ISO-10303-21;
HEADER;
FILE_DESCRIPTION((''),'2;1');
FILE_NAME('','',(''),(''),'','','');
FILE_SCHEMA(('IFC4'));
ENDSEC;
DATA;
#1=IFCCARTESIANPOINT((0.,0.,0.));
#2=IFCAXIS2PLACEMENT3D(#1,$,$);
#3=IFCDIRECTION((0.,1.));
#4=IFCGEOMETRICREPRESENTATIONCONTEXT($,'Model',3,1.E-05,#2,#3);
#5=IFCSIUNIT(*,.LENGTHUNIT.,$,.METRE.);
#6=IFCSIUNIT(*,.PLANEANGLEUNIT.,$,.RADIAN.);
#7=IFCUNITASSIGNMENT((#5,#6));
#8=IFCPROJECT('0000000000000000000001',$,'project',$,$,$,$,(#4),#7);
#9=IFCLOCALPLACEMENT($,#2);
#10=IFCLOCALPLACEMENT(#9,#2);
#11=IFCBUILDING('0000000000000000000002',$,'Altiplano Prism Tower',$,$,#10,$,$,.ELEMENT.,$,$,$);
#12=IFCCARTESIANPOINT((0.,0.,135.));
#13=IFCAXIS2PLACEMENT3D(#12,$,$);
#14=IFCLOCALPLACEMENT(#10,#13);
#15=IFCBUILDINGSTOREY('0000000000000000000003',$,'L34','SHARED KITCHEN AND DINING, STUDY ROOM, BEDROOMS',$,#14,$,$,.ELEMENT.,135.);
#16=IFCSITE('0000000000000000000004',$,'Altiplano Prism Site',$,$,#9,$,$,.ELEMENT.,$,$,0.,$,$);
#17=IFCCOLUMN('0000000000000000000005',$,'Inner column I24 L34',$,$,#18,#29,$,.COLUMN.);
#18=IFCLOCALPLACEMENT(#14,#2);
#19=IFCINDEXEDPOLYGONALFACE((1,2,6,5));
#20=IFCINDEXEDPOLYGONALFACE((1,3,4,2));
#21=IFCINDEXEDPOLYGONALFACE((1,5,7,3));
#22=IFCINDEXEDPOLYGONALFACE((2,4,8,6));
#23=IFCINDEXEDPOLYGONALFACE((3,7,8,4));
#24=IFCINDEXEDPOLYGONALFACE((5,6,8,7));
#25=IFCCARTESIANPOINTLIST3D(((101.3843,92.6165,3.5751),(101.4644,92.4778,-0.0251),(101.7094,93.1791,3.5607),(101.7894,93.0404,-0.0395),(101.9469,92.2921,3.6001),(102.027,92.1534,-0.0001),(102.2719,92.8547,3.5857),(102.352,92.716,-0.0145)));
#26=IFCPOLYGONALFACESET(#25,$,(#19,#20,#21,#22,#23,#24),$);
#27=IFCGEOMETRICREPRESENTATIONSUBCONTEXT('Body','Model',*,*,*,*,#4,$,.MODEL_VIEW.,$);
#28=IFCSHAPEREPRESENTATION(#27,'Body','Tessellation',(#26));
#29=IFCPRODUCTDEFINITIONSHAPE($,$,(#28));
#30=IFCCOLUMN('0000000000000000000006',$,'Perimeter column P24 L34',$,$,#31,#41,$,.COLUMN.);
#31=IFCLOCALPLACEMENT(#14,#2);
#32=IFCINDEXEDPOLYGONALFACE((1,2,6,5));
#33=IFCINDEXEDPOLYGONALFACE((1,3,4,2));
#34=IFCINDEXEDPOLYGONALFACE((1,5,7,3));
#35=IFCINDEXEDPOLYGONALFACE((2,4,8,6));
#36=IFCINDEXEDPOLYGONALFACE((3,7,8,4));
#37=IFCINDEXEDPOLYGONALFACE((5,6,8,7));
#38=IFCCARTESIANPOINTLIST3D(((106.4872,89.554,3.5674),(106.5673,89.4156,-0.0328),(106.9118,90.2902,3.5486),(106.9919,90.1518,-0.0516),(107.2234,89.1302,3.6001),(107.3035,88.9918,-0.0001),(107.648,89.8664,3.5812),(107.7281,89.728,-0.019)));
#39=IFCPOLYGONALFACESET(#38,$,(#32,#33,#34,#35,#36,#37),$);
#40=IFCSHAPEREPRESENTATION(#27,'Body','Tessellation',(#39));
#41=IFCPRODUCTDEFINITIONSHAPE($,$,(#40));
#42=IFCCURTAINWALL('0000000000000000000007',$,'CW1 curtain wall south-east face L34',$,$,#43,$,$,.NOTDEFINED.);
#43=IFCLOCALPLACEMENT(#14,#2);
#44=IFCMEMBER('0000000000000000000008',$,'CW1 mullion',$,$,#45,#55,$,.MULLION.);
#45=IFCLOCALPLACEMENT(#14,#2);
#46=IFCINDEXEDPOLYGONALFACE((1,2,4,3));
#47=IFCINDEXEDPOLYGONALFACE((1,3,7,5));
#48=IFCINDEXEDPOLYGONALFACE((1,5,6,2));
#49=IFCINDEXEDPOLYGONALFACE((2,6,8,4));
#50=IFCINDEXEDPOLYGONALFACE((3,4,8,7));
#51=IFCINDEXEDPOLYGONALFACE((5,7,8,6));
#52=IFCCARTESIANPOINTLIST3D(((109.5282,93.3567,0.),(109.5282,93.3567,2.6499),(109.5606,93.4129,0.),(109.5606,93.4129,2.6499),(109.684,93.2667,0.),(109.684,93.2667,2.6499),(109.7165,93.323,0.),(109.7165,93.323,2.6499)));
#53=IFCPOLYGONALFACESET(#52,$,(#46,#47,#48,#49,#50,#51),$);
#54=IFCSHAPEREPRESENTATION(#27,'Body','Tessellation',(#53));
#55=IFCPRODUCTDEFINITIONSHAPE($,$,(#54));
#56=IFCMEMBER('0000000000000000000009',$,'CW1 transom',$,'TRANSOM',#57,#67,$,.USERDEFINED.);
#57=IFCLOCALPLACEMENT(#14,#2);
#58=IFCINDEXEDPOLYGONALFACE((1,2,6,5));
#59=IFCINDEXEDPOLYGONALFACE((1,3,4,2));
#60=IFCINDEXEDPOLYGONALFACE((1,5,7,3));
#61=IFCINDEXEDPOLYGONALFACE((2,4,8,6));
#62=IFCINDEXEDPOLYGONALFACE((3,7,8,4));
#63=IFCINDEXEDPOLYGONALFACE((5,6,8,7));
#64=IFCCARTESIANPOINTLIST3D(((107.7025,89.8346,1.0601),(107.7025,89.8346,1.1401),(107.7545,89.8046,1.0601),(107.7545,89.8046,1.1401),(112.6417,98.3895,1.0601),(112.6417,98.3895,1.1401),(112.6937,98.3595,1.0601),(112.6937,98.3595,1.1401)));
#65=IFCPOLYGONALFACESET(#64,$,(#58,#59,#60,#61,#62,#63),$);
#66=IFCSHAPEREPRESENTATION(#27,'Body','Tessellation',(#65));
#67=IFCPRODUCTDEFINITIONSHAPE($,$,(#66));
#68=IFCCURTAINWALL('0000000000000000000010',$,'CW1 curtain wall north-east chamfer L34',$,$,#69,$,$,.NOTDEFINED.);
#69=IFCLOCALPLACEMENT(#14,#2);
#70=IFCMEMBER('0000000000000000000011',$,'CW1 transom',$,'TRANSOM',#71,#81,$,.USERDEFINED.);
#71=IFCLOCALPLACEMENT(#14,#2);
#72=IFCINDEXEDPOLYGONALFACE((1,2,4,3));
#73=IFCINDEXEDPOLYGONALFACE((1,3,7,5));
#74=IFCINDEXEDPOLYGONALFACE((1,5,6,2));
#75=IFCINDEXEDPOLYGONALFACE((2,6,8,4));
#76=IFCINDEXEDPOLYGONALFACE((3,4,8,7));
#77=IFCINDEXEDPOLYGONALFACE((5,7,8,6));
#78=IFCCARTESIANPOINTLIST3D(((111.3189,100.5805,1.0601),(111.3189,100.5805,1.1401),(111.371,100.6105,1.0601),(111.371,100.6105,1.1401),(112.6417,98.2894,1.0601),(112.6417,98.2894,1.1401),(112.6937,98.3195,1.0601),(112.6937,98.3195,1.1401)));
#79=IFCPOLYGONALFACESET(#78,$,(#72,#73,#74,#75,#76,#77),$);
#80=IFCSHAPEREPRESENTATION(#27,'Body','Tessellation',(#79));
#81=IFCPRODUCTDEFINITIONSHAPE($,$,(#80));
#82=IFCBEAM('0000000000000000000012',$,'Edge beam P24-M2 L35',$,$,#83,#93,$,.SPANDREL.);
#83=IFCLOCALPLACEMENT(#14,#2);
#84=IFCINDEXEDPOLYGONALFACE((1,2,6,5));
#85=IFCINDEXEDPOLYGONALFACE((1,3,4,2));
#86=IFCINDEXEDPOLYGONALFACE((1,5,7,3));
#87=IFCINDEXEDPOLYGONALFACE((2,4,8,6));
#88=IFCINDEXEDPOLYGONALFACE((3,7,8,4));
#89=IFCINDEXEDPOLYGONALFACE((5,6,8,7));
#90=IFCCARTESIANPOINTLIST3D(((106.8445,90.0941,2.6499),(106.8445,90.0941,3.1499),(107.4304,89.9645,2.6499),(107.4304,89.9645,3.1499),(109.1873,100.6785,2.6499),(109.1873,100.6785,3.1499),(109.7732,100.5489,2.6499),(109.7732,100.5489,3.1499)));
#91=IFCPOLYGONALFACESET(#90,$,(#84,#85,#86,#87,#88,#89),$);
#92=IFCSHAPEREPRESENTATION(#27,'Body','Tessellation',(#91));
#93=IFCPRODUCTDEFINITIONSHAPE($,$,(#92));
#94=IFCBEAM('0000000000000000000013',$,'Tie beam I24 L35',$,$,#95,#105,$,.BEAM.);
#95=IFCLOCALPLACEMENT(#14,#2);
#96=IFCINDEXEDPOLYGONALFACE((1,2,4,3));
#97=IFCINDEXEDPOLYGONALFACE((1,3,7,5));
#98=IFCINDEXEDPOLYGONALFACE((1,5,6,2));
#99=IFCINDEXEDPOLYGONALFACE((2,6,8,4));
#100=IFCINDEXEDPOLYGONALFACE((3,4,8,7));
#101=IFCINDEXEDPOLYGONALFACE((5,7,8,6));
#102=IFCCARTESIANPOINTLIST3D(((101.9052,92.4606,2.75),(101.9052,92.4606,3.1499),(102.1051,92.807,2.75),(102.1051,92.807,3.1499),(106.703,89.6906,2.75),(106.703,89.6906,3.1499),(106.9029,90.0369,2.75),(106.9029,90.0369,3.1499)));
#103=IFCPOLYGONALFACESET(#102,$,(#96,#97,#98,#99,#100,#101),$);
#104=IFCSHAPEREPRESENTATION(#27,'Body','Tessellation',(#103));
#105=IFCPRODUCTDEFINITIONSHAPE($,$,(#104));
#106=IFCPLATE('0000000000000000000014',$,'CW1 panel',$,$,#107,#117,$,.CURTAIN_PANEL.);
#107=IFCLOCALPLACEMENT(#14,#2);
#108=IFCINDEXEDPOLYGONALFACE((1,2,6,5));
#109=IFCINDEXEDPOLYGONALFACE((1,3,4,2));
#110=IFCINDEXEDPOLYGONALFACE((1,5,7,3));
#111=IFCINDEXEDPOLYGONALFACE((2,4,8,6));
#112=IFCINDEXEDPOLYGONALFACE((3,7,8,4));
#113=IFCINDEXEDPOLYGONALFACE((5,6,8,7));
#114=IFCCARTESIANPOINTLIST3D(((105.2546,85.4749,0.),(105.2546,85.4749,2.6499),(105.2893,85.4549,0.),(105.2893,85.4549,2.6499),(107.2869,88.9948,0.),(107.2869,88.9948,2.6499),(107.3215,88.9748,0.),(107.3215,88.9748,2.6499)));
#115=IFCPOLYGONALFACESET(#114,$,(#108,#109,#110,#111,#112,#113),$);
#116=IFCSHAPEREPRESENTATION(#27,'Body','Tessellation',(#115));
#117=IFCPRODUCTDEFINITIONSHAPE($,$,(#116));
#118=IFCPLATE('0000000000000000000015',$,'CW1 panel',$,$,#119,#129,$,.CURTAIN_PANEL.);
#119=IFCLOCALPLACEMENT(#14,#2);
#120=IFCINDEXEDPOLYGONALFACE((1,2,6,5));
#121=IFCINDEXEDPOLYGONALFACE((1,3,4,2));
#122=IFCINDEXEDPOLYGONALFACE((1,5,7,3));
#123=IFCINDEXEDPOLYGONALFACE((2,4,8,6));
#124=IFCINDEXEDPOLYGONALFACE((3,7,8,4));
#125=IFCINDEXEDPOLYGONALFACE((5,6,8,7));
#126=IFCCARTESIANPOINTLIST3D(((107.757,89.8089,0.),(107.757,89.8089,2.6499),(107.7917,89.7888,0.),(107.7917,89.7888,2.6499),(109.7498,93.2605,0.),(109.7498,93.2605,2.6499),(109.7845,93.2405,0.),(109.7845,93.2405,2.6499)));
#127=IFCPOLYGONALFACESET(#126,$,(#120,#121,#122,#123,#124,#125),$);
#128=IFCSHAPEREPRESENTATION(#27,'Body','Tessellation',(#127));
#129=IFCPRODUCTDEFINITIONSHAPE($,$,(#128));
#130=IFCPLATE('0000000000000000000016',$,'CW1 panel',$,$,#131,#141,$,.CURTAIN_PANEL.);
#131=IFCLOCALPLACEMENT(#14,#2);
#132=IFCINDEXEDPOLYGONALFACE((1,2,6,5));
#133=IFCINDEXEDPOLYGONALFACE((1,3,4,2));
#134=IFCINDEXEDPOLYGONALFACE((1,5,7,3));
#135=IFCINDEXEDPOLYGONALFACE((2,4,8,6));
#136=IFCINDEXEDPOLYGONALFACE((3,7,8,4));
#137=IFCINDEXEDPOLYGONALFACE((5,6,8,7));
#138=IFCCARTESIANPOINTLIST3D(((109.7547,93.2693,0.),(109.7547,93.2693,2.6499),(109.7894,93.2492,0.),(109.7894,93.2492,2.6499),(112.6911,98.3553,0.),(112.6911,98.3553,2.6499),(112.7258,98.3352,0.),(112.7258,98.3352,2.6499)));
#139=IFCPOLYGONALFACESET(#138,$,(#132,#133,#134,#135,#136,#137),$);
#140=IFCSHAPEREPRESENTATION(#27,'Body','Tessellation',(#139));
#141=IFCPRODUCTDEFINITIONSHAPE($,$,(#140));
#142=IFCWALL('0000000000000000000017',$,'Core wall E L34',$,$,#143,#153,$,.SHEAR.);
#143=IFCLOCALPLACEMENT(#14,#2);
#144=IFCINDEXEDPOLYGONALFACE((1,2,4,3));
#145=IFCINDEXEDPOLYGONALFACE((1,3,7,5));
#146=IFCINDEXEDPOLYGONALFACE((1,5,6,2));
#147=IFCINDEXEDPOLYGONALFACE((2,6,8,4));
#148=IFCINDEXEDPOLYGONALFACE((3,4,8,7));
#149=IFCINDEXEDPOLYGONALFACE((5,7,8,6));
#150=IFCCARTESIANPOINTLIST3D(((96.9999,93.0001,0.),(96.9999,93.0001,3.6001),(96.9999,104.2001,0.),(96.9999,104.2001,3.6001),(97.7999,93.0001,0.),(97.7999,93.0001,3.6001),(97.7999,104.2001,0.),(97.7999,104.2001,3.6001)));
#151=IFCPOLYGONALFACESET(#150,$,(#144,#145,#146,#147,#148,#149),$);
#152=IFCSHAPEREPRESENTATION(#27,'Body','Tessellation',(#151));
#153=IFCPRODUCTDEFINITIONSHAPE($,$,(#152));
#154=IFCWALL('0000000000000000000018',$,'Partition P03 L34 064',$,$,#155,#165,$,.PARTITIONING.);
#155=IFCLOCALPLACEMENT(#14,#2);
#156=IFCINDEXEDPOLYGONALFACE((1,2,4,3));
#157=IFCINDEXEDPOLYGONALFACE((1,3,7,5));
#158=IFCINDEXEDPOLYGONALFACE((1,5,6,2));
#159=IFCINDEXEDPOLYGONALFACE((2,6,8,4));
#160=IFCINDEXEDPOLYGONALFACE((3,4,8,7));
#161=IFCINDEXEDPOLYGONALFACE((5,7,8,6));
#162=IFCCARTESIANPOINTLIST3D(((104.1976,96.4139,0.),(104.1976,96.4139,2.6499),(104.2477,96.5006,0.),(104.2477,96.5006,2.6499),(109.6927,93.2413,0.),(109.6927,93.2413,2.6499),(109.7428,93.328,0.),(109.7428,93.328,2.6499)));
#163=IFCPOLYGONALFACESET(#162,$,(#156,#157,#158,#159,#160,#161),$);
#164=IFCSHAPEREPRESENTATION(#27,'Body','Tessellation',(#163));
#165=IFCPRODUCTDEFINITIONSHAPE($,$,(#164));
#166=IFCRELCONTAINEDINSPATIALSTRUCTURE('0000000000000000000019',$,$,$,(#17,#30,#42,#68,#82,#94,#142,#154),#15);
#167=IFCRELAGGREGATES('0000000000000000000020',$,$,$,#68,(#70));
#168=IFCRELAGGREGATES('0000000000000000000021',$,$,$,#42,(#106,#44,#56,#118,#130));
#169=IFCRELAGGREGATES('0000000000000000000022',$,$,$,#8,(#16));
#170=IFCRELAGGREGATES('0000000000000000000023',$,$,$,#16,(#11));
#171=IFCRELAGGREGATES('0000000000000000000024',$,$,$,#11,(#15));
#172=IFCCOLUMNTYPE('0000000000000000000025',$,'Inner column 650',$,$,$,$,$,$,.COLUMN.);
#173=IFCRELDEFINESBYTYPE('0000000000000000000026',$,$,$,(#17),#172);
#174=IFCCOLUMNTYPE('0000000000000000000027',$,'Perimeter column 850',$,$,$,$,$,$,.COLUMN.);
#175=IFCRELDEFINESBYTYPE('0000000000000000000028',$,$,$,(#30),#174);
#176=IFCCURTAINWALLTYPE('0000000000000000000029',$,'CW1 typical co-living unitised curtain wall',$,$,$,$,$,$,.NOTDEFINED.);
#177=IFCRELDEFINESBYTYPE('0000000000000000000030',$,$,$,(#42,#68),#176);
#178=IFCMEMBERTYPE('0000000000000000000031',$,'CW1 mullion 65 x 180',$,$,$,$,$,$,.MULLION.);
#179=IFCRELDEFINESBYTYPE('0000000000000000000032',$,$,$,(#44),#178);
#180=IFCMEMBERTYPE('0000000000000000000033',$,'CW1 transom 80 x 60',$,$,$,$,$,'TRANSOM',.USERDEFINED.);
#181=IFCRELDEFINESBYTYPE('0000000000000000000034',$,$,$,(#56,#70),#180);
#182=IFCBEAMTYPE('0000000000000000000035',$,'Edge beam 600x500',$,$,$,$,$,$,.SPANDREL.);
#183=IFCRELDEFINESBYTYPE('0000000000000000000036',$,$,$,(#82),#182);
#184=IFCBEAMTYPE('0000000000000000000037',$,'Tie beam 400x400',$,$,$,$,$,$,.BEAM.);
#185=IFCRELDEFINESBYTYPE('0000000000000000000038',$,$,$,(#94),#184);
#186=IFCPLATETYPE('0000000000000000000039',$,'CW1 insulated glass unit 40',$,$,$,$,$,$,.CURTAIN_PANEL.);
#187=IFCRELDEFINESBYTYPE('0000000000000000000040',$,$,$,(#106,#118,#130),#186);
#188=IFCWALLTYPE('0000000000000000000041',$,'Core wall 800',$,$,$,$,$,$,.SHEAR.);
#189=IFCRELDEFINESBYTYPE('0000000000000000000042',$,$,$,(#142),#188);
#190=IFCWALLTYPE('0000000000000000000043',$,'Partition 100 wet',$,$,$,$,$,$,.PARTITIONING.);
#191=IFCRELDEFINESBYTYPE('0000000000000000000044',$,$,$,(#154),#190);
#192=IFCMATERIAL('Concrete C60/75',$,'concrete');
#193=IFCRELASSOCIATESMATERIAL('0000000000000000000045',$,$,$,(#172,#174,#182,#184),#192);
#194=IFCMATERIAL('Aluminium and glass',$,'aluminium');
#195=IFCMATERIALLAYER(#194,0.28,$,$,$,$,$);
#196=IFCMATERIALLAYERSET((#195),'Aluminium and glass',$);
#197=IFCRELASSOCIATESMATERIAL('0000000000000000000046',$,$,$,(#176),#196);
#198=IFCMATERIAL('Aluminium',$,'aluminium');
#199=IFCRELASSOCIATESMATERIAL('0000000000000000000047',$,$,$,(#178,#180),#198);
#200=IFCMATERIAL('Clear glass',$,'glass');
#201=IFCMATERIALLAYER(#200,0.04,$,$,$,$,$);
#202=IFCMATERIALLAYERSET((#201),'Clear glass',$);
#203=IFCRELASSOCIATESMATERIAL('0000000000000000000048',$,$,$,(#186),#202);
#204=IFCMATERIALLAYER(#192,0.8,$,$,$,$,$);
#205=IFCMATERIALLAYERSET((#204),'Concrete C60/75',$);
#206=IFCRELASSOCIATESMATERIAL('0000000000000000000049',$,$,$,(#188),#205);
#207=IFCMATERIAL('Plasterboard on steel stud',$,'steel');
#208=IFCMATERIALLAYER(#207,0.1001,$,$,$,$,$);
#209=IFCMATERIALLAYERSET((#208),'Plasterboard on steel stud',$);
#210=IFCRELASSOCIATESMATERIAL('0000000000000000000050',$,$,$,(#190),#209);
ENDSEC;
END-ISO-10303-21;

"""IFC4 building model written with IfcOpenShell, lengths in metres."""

from ifc_helpers import new_model, si_unit, direction, frame, frame_2d, origin, origin_2d, place, context, subcontext, project, spatial, rectangle, extrude, material, layer, layer_set, material_profile, profile_set, type_object, element, aggregate, save


model = new_model("IFC4")

# Units and contexts
model_context = context("Model", 3, precision=1e-05, world=origin(), true_north=direction((0.0, 1.0)))
body_context = subcontext(model_context, "Body", "Model", "MODEL_VIEW")
ifc_project = project(units=[si_unit("LENGTHUNIT", "METRE"), si_unit("PLANEANGLEUNIT", "RADIAN")], contexts=[model_context])

# Site, building, storey
site_placement = place(None, origin())
site = spatial("IfcSite", under=ifc_project, at=site_placement, Name="Altiplano Prism Site", CompositionType="ELEMENT", RefElevation=0.0)
building_placement = place(site_placement, origin())
building = spatial("IfcBuilding", under=site, at=building_placement, Name="Altiplano Prism Tower", CompositionType="ELEMENT")
storey_placement = place(building_placement, frame((0.0, 0.0, 135.0)))
storey = spatial("IfcBuildingStorey", under=building, at=storey_placement, Name="L34", Description="SHARED KITCHEN AND DINING, STUDY ROOM, BEDROOMS", CompositionType="ELEMENT", Elevation=135.0)

# Columns
ifc_material_1 = material(Name="Concrete C60/75", Category="concrete")
ifc_material_profile_1 = material_profile(ifc_material_1, rectangle(XDim=0.6499, YDim=0.6499, at=origin_2d()), Name="Inner column 650")
ifc_profile_set_1 = profile_set([ifc_material_profile_1], Name="Concrete C60/75")
column_type_1 = type_object("IfcColumnType", Name="Inner column 650", PredefinedType="COLUMN", material=ifc_profile_set_1)
column_1_placement = place(storey_placement, frame((101.9082, 92.5969, -0.0198), z_axis=(-0.022221, 0.038481, 0.999012), x_axis=(-0.500172, -0.865641, 0.022218)))
element("IfcColumn", 1, at=column_1_placement, inside=storey, type_object=column_type_1, Name="Inner column I24 L34", PredefinedType="COLUMN", context=body_context, shape_type="SweptSolid", body=[
    extrude(rectangle(XDim=0.6499, YDim=0.6499, at=origin_2d()), origin(), (0.0, 0.0, 1.0), 3.6038),
])
ifc_material_profile_2 = material_profile(ifc_material_1, rectangle(XDim=0.8501, YDim=0.8501, at=origin_2d()), Name="Perimeter column 850")
ifc_profile_set_2 = profile_set([ifc_material_profile_2], Name="Concrete C60/75")
column_type_2 = type_object("IfcColumnType", Name="Perimeter column 850", PredefinedType="COLUMN", material=ifc_profile_set_2)
column_2_placement = place(storey_placement, frame((107.1477, 89.5718, -0.0259), z_axis=(-0.022221, 0.038413, 0.999015), x_axis=(-0.499515, -0.866021, 0.022189)))
element("IfcColumn", 2, at=column_2_placement, inside=storey, type_object=column_type_2, Name="Perimeter column P24 L34", PredefinedType="COLUMN", context=body_context, shape_type="SweptSolid", body=[
    extrude(rectangle(XDim=0.8501, YDim=0.8501, at=origin_2d()), origin(), (0.0, 0.0, 1.0), 3.6038),
])

# Curtain wall, members
ifc_material_2 = material(Name="Aluminium and glass", Category="aluminium")
ifc_layer_1 = layer(ifc_material_2, 0.28)
ifc_layer_set_1 = layer_set([ifc_layer_1], Name="Aluminium and glass")
curtain_wall_type = type_object("IfcCurtainWallType", Name="CW1 typical co-living unitised curtain wall", PredefinedType="NOTDEFINED", material=ifc_layer_set_1)
curtain_wall_1_placement = place(storey_placement, origin())
curtain_wall_1 = element("IfcCurtainWall", 3, at=curtain_wall_1_placement, inside=storey, type_object=curtain_wall_type, Name="CW1 curtain wall south-east face L34", PredefinedType="NOTDEFINED")
ifc_material_3 = material(Name="Aluminium", Category="aluminium")
ifc_material_profile_3 = material_profile(ifc_material_3, rectangle(XDim=0.1799, YDim=0.0649, at=origin_2d()), Name="CW1 mullion 65 x 180")
ifc_profile_set_3 = profile_set([ifc_material_profile_3], Name="Aluminium")
member_type_1 = type_object("IfcMemberType", Name="CW1 mullion 65 x 180", PredefinedType="MULLION", material=ifc_profile_set_3)
member_1_placement = place(storey_placement, frame((109.6223, 93.3398, 0.0), z_axis=(0.0, 0.0, 1.0), x_axis=(-0.866025, 0.5, 0.0)))
member_1 = element("IfcMember", 4, at=member_1_placement, type_object=member_type_1, Name="CW1 mullion", PredefinedType="MULLION", context=body_context, shape_type="SweptSolid", body=[
    extrude(rectangle(XDim=0.1799, YDim=0.0649, at=origin_2d()), origin(), (0.0, 0.0, 1.0), 2.6499),
])
ifc_material_profile_4 = material_profile(ifc_material_3, rectangle(XDim=0.0601, YDim=0.0801, at=origin_2d()), Name="CW1 transom 80 x 60")
ifc_profile_set_4 = profile_set([ifc_material_profile_4], Name="Aluminium")
member_type_2 = type_object("IfcMemberType", Name="CW1 transom 80 x 60", ElementType="TRANSOM", PredefinedType="USERDEFINED", material=ifc_profile_set_4)
member_2_placement = place(storey_placement, frame((107.7285, 89.8196, 1.1001), z_axis=(0.500001, 0.866025, 0.0), x_axis=(-0.866025, 0.500001, 0.0)))
member_2 = element("IfcMember", 5, at=member_2_placement, type_object=member_type_2, Name="CW1 transom", ObjectType="TRANSOM", PredefinedType="USERDEFINED", context=body_context, shape_type="SweptSolid", body=[
    extrude(rectangle(XDim=0.0601, YDim=0.0801, at=origin_2d()), origin(), (0.0, 0.0, 1.0), 9.8784),
])

# Curtain wall, member
curtain_wall_2_placement = place(storey_placement, origin())
curtain_wall_2 = element("IfcCurtainWall", 6, at=curtain_wall_2_placement, inside=storey, type_object=curtain_wall_type, Name="CW1 curtain wall north-east chamfer L34", PredefinedType="NOTDEFINED")
member_3_placement = place(storey_placement, frame((112.6677, 98.3044, 1.1001), z_axis=(-0.50001, 0.86602, 0.0), x_axis=(-0.86602, -0.50001, 0.0)))
member_3 = element("IfcMember", 7, at=member_3_placement, type_object=member_type_2, Name="CW1 transom", ObjectType="TRANSOM", PredefinedType="USERDEFINED", context=body_context, shape_type="SweptSolid", body=[
    extrude(rectangle(XDim=0.0601, YDim=0.0801, at=origin_2d()), origin(), (0.0, 0.0, 1.0), 2.6455),
])
aggregate(curtain_wall_2, [member_3])

# Beams
ifc_material_profile_5 = material_profile(ifc_material_1, rectangle(XDim=0.6001, YDim=0.5, at=origin_2d()), Name="Edge beam 600x500")
ifc_profile_set_5 = profile_set([ifc_material_profile_5], Name="Concrete C60/75")
beam_type_1 = type_object("IfcBeamType", Name="Edge beam 600x500", PredefinedType="SPANDREL", material=ifc_profile_set_5)
beam_1_placement = place(storey_placement, frame((107.1375, 90.0293, 2.8999), z_axis=(0.21611, 0.976369, 0.0), x_axis=(-0.976369, 0.21611, 0.0)))
element("IfcBeam", 8, at=beam_1_placement, inside=storey, type_object=beam_type_1, Name="Edge beam P24-M2 L35", PredefinedType="SPANDREL", context=body_context, shape_type="SweptSolid", body=[
    extrude(rectangle(XDim=0.6001, YDim=0.5, at=origin_2d()), origin(), (0.0, 0.0, 1.0), 10.8406),
])
ifc_material_profile_6 = material_profile(ifc_material_1, rectangle(XDim=0.3999, YDim=0.3999, at=origin_2d()), Name="Tie beam 400x400")
ifc_profile_set_6 = profile_set([ifc_material_profile_6], Name="Concrete C60/75")
beam_type_2 = type_object("IfcBeamType", Name="Tie beam 400x400", PredefinedType="BEAM", material=ifc_profile_set_6)
beam_2_placement = place(storey_placement, frame((102.0051, 92.6338, 2.95), z_axis=(0.866027, -0.499997, 0.0), x_axis=(0.499997, 0.866027, 0.0)))
element("IfcBeam", 9, at=beam_2_placement, inside=storey, type_object=beam_type_2, Name="Tie beam I24 L35", PredefinedType="BEAM", context=body_context, shape_type="SweptSolid", body=[
    extrude(rectangle(XDim=0.3999, YDim=0.3999, at=origin_2d()), origin(), (0.0, 0.0, 1.0), 5.54),
])

# Plates
ifc_material_4 = material(Name="Clear glass", Category="glass")
ifc_layer_2 = layer(ifc_material_4, 0.04)
ifc_layer_set_2 = layer_set([ifc_layer_2], Name="Clear glass")
plate_type = type_object("IfcPlateType", Name="CW1 insulated glass unit 40", PredefinedType="CURTAIN_PANEL", material=ifc_layer_set_2)
plate_1_placement = place(storey_placement, frame((106.2881, 87.2249, 0.0), z_axis=(0.0, 0.0, 1.0), x_axis=(0.5, 0.866025, 0.0)))
plate_1 = element("IfcPlate", 10, at=plate_1_placement, type_object=plate_type, Name="CW1 panel", PredefinedType="CURTAIN_PANEL", context=body_context, shape_type="SweptSolid", body=[
    extrude(rectangle(XDim=4.0645, YDim=0.04, at=origin_2d()), origin(), (0.0, 0.0, 1.0), 2.6499),
])
plate_2_placement = place(storey_placement, frame((108.7708, 91.5247, 0.0), z_axis=(0.0, 0.0, 1.0), x_axis=(0.5, 0.866025, 0.0)))
plate_2 = element("IfcPlate", 11, at=plate_2_placement, type_object=plate_type, Name="CW1 panel", PredefinedType="CURTAIN_PANEL", context=body_context, shape_type="SweptSolid", body=[
    extrude(rectangle(XDim=3.9856, YDim=0.04, at=origin_2d()), origin(), (0.0, 0.0, 1.0), 2.6499),
])
plate_3_placement = place(storey_placement, frame((111.2402, 95.8022, 0.0), z_axis=(0.0, 0.0, 1.0), x_axis=(0.5, 0.866025, 0.0)))
plate_3 = element("IfcPlate", 12, at=plate_3_placement, type_object=plate_type, Name="CW1 panel", PredefinedType="CURTAIN_PANEL", context=body_context, shape_type="SweptSolid", body=[
    extrude(rectangle(XDim=5.8728, YDim=0.04, at=origin_2d()), origin(), (0.0, 0.0, 1.0), 2.6499),
])
aggregate(curtain_wall_1, [plate_1, member_1, member_2, plate_2, plate_3])

# Walls
ifc_layer_3 = layer(ifc_material_1, 0.8)
ifc_layer_set_3 = layer_set([ifc_layer_3], Name="Concrete C60/75")
wall_type_1 = type_object("IfcWallType", Name="Core wall 800", PredefinedType="SHEAR", material=ifc_layer_set_3)
wall_1_placement = place(storey_placement, frame((97.3999, 93.0, 0.0), z_axis=(0.0, 0.0, 1.0), x_axis=(0.0, 1.0, 0.0)))
element("IfcWall", 13, at=wall_1_placement, inside=storey, type_object=wall_type_1, Name="Core wall E L34", PredefinedType="SHEAR", context=body_context, shape_type="SweptSolid", body=[
    extrude(rectangle(XDim=11.2, YDim=0.8, at=frame_2d((5.6001, 0.0))), origin(), (0.0, 0.0, 1.0), 3.6001),
])
ifc_material_5 = material(Name="Plasterboard on steel stud", Category="steel")
ifc_layer_4 = layer(ifc_material_5, 0.1001)
ifc_layer_set_4 = layer_set([ifc_layer_4], Name="Plasterboard on steel stud")
wall_type_2 = type_object("IfcWallType", Name="Partition 100 wet", PredefinedType="PARTITIONING", material=ifc_layer_set_4)
wall_2_placement = place(storey_placement, frame((109.7178, 93.2847, 0.0), z_axis=(0.0, 0.0, 1.0), x_axis=(-0.866025, 0.5, 0.0)))
element("IfcWall", 14, at=wall_2_placement, inside=storey, type_object=wall_type_2, Name="Partition P03 L34 064", PredefinedType="PARTITIONING", context=body_context, shape_type="SweptSolid", body=[
    extrude(rectangle(XDim=6.3452, YDim=0.1001, at=frame_2d((3.1726, 0.0))), origin(), (0.0, 0.0, 1.0), 2.6499),
])

save(model, "model.ifc")
